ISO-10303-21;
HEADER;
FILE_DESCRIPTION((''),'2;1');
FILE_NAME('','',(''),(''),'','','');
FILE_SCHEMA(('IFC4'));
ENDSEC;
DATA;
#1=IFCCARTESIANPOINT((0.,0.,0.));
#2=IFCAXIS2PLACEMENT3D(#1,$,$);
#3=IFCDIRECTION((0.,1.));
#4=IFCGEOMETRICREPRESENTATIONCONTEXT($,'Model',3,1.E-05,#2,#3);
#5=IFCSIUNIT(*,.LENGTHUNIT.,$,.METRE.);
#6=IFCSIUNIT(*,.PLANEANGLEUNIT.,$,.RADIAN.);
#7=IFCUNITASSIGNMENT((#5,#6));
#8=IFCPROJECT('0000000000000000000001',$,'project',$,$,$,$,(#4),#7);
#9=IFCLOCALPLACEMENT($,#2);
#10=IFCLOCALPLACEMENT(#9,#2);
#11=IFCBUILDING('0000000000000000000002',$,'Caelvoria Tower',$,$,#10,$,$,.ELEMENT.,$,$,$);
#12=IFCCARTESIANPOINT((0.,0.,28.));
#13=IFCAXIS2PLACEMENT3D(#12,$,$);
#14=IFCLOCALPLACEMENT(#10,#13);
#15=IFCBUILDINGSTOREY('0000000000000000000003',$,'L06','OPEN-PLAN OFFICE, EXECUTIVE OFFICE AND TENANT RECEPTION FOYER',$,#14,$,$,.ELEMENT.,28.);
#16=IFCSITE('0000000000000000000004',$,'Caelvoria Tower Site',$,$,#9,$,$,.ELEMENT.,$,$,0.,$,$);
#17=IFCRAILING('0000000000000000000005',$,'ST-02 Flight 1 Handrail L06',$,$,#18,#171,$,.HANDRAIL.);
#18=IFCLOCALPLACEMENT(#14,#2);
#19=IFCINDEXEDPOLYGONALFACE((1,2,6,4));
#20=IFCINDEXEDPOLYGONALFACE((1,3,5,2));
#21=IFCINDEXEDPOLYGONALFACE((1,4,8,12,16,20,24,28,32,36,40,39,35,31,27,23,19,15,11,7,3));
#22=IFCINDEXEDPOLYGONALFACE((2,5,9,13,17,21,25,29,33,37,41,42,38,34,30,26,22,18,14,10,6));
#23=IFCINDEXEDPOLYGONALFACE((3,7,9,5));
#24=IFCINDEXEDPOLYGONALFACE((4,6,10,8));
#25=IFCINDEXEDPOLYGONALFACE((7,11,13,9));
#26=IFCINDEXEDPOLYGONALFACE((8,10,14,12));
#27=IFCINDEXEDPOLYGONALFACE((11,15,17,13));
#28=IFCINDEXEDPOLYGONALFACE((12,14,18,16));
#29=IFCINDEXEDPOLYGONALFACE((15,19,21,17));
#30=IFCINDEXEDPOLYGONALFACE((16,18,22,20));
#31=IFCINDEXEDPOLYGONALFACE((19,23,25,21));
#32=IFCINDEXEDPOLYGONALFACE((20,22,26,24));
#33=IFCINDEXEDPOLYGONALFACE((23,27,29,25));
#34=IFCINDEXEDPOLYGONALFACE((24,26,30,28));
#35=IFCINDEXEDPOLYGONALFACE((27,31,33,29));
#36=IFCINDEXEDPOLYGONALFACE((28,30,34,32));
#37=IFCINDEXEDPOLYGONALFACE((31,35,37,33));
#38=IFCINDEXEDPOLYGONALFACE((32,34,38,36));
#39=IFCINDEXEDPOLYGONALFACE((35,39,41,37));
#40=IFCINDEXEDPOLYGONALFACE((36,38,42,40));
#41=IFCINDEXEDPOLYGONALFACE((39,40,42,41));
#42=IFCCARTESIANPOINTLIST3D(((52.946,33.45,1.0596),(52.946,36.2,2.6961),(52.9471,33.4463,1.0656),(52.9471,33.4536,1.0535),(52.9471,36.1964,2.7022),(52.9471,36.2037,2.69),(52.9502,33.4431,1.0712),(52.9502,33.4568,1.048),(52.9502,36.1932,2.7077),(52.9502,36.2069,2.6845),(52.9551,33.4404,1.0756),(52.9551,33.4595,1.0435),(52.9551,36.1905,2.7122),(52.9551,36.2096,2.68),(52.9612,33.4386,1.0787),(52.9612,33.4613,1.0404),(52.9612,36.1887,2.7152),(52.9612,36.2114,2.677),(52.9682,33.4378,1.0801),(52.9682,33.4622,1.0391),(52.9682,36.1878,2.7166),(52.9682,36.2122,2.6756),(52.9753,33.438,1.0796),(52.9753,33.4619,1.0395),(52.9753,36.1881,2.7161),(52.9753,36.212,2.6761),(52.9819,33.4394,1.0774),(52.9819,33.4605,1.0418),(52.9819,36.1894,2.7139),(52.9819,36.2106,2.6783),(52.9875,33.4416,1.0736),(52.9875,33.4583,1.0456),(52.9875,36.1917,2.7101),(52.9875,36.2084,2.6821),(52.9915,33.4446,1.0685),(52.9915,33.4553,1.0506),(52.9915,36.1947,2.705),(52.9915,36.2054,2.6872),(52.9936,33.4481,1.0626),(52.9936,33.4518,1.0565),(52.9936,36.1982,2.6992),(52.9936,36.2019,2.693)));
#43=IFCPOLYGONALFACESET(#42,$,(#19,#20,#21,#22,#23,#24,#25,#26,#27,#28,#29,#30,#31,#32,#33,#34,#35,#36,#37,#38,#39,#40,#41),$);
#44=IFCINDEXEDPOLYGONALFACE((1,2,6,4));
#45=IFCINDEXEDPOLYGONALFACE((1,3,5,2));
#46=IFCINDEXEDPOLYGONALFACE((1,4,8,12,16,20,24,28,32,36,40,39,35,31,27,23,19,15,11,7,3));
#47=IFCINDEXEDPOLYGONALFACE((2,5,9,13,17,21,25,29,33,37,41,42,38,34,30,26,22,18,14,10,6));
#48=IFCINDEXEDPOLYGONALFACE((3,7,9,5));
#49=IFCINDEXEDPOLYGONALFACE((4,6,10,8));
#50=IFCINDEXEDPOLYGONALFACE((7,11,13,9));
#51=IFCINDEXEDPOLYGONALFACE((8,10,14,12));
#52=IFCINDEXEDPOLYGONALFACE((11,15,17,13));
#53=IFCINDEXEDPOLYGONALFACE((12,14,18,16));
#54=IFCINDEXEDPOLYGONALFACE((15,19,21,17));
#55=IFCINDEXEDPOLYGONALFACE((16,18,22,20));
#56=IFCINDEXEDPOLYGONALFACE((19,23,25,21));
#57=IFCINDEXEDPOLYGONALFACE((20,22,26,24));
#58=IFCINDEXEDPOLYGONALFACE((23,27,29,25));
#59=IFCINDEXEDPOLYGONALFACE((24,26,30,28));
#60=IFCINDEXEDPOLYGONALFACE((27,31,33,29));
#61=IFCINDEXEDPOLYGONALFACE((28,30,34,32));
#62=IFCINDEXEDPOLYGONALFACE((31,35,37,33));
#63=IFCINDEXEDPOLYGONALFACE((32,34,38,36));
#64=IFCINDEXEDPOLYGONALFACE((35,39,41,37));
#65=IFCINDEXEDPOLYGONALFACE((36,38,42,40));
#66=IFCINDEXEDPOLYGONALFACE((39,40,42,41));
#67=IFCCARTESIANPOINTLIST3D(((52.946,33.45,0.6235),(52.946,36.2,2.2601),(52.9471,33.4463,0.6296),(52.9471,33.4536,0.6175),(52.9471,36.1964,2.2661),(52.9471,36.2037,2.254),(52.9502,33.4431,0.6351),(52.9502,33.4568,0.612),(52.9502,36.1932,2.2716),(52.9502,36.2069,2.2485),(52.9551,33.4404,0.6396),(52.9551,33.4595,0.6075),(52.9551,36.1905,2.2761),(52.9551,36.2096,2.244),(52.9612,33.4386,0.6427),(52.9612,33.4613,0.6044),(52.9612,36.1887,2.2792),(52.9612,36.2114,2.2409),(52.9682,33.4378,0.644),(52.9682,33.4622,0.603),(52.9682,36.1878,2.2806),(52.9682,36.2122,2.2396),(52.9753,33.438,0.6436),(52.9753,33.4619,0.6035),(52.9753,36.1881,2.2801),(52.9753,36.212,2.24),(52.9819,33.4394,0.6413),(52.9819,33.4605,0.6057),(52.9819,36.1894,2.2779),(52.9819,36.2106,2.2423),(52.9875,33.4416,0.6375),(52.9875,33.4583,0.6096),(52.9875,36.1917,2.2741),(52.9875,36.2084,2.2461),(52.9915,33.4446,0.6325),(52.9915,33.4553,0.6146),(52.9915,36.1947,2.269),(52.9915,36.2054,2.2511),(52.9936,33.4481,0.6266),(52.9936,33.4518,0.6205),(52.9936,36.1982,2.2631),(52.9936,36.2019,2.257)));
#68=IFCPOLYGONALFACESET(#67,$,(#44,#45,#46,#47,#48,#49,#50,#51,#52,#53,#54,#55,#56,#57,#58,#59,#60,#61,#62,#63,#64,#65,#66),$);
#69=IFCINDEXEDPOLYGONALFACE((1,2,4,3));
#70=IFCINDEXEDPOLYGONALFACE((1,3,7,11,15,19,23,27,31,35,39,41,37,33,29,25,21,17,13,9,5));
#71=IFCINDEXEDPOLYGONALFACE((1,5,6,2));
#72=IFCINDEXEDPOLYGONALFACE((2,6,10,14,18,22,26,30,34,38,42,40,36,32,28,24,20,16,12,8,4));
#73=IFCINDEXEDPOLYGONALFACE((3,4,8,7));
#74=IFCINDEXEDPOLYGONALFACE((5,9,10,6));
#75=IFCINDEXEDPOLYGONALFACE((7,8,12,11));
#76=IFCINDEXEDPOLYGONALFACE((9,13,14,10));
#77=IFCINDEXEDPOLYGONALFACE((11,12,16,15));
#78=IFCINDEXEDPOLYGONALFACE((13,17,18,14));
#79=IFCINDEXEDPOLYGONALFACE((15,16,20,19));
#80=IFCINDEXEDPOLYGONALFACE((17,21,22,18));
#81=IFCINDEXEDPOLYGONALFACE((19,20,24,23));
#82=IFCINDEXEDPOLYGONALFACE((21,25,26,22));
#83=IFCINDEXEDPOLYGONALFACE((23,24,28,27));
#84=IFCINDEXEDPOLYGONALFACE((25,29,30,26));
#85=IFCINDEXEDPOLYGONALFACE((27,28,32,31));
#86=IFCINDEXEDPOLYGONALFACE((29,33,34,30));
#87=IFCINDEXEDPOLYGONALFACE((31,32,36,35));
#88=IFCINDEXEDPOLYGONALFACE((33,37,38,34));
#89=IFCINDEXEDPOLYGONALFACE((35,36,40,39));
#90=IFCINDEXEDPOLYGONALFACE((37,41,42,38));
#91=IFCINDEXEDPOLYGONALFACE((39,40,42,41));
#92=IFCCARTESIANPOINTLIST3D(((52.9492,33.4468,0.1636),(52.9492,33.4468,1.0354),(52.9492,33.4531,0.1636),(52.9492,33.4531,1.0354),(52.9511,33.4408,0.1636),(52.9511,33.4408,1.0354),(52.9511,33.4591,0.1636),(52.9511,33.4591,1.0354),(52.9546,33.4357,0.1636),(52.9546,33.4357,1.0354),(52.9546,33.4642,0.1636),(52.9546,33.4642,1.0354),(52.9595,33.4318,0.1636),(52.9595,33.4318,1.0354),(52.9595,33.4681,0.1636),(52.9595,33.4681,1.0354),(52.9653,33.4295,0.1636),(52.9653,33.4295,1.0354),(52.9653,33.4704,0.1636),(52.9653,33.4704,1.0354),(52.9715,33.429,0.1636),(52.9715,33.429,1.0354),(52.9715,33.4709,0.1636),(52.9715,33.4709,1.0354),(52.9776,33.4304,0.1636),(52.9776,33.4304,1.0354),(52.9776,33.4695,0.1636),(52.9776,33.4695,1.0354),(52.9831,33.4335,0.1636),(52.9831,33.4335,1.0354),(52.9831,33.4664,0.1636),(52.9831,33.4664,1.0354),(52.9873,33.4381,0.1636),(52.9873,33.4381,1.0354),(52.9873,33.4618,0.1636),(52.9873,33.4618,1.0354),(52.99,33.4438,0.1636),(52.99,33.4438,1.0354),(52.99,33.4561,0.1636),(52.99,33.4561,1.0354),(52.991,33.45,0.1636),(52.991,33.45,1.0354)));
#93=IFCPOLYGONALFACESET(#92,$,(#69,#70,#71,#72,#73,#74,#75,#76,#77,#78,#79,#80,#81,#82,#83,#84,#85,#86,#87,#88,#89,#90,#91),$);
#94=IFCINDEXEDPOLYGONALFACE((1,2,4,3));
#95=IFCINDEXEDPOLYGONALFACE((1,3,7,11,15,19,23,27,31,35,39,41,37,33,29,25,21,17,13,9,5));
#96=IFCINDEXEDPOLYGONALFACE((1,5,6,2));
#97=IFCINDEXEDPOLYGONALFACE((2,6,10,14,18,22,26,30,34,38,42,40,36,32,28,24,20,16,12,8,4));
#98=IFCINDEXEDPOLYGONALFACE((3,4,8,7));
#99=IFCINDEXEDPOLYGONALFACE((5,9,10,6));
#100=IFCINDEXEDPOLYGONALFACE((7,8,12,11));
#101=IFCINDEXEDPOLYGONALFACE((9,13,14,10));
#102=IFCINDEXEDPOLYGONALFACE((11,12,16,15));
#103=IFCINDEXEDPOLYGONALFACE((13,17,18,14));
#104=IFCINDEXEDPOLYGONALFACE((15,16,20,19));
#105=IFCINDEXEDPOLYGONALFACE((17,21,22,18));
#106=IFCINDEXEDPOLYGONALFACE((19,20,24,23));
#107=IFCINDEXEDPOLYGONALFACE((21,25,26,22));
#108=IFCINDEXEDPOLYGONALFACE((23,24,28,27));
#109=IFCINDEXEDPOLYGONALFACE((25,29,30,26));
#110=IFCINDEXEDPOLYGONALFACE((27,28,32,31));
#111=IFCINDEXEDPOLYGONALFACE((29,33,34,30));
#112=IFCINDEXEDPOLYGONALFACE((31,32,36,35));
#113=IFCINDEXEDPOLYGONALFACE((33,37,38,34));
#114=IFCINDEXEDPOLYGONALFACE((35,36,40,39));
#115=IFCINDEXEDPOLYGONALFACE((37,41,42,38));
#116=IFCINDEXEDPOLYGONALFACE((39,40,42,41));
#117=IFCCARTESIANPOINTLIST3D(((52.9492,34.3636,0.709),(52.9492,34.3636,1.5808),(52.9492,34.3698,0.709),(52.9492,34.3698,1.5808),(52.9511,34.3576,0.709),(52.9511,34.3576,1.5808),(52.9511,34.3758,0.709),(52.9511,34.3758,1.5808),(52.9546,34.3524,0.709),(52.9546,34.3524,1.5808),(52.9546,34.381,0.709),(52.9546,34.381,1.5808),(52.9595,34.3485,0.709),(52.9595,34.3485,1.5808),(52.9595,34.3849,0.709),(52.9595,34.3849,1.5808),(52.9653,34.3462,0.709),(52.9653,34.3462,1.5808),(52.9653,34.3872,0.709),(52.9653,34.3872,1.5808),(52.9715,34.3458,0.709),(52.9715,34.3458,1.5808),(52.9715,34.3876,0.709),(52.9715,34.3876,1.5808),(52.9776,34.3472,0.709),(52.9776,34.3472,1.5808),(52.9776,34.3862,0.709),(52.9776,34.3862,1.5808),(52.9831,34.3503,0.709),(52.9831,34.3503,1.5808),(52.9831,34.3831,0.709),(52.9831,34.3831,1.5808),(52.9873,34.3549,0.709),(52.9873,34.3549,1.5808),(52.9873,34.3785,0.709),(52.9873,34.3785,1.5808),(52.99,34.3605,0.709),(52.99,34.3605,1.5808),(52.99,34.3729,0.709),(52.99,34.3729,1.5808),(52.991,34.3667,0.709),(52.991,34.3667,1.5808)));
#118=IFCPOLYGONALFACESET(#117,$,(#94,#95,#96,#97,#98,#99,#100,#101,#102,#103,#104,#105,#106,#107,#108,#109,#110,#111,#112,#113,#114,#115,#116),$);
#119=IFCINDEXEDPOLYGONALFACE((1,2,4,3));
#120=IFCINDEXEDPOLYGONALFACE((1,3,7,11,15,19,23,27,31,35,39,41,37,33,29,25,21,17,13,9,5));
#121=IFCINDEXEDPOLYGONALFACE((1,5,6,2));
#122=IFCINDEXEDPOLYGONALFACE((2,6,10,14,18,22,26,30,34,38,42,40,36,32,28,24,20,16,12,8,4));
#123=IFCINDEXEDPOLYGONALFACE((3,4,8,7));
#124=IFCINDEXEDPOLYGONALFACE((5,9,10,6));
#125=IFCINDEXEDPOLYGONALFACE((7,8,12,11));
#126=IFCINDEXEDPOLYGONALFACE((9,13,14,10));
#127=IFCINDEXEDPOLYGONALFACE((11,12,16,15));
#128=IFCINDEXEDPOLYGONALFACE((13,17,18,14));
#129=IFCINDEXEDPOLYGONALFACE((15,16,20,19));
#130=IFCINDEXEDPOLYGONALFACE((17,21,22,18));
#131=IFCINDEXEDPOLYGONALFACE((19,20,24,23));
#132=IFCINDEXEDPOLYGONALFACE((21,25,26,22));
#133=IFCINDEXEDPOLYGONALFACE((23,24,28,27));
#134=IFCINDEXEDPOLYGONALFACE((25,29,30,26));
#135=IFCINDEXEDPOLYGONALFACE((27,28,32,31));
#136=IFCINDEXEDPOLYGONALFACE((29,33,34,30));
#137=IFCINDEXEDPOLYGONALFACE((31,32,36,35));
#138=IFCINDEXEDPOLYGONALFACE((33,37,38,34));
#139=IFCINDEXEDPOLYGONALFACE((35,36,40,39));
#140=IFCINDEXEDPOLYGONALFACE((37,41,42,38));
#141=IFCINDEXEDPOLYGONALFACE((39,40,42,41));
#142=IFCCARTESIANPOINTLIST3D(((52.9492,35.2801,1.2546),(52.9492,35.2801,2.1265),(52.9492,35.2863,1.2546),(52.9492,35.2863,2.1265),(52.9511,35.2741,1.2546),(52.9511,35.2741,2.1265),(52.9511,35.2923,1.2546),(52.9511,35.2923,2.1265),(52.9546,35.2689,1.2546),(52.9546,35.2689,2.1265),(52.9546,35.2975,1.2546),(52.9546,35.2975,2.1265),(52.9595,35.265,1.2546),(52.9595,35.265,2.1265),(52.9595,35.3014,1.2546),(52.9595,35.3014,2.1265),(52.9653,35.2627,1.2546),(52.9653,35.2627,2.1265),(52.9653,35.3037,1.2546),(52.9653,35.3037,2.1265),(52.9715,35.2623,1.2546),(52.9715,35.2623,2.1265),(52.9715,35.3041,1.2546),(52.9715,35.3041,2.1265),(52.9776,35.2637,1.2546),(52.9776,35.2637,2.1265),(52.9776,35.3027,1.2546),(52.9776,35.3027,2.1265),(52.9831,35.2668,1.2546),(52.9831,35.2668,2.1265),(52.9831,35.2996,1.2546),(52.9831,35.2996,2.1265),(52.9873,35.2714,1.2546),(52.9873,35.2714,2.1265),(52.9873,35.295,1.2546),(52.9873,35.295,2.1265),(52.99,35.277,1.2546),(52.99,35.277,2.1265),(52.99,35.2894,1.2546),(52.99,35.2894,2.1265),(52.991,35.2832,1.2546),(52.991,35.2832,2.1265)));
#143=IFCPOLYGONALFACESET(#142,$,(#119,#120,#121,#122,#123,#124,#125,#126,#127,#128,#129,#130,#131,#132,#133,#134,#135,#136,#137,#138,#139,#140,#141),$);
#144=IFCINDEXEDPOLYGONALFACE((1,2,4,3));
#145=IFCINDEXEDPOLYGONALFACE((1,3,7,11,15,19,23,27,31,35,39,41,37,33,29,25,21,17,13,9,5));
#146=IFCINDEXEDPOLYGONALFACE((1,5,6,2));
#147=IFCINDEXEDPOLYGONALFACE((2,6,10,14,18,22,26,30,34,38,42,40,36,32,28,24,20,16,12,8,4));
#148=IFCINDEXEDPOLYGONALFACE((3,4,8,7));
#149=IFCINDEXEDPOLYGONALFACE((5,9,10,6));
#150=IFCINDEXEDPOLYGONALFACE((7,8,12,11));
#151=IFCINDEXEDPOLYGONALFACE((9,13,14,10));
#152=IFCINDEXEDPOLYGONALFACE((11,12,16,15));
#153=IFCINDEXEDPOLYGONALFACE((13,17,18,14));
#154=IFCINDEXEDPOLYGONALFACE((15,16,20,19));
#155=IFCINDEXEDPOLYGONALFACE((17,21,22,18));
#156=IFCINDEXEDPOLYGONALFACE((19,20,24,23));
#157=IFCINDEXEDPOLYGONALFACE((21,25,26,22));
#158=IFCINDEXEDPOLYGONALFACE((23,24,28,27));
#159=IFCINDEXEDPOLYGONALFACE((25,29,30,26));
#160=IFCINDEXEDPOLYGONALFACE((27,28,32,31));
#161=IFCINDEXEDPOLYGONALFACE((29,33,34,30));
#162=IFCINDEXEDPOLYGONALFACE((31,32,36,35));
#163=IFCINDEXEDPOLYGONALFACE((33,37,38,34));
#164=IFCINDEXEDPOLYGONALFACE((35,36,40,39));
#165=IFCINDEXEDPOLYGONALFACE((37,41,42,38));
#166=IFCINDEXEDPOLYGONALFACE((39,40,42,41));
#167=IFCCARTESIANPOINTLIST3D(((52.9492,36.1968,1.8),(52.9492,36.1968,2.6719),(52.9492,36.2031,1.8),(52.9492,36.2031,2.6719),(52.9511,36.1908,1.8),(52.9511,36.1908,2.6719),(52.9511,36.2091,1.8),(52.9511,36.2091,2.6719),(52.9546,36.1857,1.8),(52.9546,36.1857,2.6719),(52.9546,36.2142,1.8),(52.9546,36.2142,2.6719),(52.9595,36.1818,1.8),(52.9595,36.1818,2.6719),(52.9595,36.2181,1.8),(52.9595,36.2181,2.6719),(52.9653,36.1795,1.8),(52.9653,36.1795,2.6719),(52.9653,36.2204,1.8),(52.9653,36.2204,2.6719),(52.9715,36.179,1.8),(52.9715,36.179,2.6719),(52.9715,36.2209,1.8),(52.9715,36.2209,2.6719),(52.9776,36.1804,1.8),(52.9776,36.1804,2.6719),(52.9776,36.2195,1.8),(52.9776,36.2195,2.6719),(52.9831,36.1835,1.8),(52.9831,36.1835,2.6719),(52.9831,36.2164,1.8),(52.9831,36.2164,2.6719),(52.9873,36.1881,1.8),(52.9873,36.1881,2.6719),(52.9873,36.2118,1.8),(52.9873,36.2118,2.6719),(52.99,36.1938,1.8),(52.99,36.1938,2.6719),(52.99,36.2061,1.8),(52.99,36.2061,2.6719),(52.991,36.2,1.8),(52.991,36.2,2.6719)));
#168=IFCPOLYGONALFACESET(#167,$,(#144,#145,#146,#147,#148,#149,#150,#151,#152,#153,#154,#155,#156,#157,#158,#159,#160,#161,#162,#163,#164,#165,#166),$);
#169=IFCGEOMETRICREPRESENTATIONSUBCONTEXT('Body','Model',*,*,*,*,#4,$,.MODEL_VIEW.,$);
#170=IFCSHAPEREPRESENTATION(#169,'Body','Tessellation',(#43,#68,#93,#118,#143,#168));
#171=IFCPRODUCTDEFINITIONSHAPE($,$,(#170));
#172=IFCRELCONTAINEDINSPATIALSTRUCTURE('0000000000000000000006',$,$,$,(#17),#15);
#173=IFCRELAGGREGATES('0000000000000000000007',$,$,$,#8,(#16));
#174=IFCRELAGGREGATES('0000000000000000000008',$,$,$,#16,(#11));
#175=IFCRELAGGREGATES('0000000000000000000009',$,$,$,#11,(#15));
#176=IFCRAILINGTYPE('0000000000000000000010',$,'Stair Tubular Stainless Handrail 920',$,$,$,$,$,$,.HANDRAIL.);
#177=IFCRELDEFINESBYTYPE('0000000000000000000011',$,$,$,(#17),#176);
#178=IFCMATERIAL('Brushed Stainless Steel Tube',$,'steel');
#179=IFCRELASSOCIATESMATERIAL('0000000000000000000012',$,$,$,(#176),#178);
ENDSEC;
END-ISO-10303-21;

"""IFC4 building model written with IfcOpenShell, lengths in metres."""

from ifc_helpers import new_model, si_unit, direction, frame, origin, origin_2d, place, context, subcontext, project, spatial, circle, extrude, material, type_object, element, save


model = new_model("IFC4")

# Units and contexts
model_context = context("Model", 3, precision=1e-05, world=origin(), true_north=direction((0.0, 1.0)))
body_context = subcontext(model_context, "Body", "Model", "MODEL_VIEW")
ifc_project = project(units=[si_unit("LENGTHUNIT", "METRE"), si_unit("PLANEANGLEUNIT", "RADIAN")], contexts=[model_context])

# Site, building, storey
site_placement = place(None, origin())
site = spatial("IfcSite", under=ifc_project, at=site_placement, Name="Caelvoria Tower Site", CompositionType="ELEMENT", RefElevation=0.0)
building_placement = place(site_placement, origin())
building = spatial("IfcBuilding", under=site, at=building_placement, Name="Caelvoria Tower", CompositionType="ELEMENT")
storey_placement = place(building_placement, frame((0.0, 0.0, 28.0)))
storey = spatial("IfcBuildingStorey", under=building, at=storey_placement, Name="L06", Description="OPEN-PLAN OFFICE, EXECUTIVE OFFICE AND TENANT RECEPTION FOYER", CompositionType="ELEMENT", Elevation=28.0)

# Railing
ifc_material_1 = material(Name="Brushed Stainless Steel Tube", Category="steel")
railing_type_1 = type_object("IfcRailingType", Name="Stair Tubular Stainless Handrail 920", PredefinedType="HANDRAIL", material=ifc_material_1)
railing_1_placement = place(storey_placement, frame((52.97, 33.45, 0.1636)))
element("IfcRailing", 1, at=railing_1_placement, inside=storey, type_object=railing_type_1, Name="ST-02 Flight 1 Handrail L06", PredefinedType="HANDRAIL", context=body_context, shape_type="SweptSolid", body=[
    extrude(circle(Radius=0.0239, at=origin_2d()), frame((0.0, 0.0, 0.896), z_axis=(0.0, 0.859352, 0.511385), x_axis=(-1.0, 0.0, 0.0)), (0.0, 0.0, 1.0), 3.2002),
    extrude(circle(Radius=0.0239, at=origin_2d()), frame((0.0, 0.0, 0.46), z_axis=(0.0, 0.859352, 0.511385), x_axis=(-1.0, 0.0, 0.0)), (0.0, 0.0, 1.0), 3.2002),
    extrude(circle(Radius=0.021, at=origin_2d()), origin(), (0.0, 0.0, 1.0), 0.8718),
    extrude(circle(Radius=0.021, at=origin_2d()), frame((0.0, 0.9167, 0.5454)), (0.0, 0.0, 1.0), 0.8718),
    extrude(circle(Radius=0.021, at=origin_2d()), frame((0.0, 1.8333, 1.0911)), (0.0, 0.0, 1.0), 0.8718),
    extrude(circle(Radius=0.021, at=origin_2d()), frame((0.0, 2.75, 1.6365)), (0.0, 0.0, 1.0), 0.8718),
])

save(model, "model.ifc")
